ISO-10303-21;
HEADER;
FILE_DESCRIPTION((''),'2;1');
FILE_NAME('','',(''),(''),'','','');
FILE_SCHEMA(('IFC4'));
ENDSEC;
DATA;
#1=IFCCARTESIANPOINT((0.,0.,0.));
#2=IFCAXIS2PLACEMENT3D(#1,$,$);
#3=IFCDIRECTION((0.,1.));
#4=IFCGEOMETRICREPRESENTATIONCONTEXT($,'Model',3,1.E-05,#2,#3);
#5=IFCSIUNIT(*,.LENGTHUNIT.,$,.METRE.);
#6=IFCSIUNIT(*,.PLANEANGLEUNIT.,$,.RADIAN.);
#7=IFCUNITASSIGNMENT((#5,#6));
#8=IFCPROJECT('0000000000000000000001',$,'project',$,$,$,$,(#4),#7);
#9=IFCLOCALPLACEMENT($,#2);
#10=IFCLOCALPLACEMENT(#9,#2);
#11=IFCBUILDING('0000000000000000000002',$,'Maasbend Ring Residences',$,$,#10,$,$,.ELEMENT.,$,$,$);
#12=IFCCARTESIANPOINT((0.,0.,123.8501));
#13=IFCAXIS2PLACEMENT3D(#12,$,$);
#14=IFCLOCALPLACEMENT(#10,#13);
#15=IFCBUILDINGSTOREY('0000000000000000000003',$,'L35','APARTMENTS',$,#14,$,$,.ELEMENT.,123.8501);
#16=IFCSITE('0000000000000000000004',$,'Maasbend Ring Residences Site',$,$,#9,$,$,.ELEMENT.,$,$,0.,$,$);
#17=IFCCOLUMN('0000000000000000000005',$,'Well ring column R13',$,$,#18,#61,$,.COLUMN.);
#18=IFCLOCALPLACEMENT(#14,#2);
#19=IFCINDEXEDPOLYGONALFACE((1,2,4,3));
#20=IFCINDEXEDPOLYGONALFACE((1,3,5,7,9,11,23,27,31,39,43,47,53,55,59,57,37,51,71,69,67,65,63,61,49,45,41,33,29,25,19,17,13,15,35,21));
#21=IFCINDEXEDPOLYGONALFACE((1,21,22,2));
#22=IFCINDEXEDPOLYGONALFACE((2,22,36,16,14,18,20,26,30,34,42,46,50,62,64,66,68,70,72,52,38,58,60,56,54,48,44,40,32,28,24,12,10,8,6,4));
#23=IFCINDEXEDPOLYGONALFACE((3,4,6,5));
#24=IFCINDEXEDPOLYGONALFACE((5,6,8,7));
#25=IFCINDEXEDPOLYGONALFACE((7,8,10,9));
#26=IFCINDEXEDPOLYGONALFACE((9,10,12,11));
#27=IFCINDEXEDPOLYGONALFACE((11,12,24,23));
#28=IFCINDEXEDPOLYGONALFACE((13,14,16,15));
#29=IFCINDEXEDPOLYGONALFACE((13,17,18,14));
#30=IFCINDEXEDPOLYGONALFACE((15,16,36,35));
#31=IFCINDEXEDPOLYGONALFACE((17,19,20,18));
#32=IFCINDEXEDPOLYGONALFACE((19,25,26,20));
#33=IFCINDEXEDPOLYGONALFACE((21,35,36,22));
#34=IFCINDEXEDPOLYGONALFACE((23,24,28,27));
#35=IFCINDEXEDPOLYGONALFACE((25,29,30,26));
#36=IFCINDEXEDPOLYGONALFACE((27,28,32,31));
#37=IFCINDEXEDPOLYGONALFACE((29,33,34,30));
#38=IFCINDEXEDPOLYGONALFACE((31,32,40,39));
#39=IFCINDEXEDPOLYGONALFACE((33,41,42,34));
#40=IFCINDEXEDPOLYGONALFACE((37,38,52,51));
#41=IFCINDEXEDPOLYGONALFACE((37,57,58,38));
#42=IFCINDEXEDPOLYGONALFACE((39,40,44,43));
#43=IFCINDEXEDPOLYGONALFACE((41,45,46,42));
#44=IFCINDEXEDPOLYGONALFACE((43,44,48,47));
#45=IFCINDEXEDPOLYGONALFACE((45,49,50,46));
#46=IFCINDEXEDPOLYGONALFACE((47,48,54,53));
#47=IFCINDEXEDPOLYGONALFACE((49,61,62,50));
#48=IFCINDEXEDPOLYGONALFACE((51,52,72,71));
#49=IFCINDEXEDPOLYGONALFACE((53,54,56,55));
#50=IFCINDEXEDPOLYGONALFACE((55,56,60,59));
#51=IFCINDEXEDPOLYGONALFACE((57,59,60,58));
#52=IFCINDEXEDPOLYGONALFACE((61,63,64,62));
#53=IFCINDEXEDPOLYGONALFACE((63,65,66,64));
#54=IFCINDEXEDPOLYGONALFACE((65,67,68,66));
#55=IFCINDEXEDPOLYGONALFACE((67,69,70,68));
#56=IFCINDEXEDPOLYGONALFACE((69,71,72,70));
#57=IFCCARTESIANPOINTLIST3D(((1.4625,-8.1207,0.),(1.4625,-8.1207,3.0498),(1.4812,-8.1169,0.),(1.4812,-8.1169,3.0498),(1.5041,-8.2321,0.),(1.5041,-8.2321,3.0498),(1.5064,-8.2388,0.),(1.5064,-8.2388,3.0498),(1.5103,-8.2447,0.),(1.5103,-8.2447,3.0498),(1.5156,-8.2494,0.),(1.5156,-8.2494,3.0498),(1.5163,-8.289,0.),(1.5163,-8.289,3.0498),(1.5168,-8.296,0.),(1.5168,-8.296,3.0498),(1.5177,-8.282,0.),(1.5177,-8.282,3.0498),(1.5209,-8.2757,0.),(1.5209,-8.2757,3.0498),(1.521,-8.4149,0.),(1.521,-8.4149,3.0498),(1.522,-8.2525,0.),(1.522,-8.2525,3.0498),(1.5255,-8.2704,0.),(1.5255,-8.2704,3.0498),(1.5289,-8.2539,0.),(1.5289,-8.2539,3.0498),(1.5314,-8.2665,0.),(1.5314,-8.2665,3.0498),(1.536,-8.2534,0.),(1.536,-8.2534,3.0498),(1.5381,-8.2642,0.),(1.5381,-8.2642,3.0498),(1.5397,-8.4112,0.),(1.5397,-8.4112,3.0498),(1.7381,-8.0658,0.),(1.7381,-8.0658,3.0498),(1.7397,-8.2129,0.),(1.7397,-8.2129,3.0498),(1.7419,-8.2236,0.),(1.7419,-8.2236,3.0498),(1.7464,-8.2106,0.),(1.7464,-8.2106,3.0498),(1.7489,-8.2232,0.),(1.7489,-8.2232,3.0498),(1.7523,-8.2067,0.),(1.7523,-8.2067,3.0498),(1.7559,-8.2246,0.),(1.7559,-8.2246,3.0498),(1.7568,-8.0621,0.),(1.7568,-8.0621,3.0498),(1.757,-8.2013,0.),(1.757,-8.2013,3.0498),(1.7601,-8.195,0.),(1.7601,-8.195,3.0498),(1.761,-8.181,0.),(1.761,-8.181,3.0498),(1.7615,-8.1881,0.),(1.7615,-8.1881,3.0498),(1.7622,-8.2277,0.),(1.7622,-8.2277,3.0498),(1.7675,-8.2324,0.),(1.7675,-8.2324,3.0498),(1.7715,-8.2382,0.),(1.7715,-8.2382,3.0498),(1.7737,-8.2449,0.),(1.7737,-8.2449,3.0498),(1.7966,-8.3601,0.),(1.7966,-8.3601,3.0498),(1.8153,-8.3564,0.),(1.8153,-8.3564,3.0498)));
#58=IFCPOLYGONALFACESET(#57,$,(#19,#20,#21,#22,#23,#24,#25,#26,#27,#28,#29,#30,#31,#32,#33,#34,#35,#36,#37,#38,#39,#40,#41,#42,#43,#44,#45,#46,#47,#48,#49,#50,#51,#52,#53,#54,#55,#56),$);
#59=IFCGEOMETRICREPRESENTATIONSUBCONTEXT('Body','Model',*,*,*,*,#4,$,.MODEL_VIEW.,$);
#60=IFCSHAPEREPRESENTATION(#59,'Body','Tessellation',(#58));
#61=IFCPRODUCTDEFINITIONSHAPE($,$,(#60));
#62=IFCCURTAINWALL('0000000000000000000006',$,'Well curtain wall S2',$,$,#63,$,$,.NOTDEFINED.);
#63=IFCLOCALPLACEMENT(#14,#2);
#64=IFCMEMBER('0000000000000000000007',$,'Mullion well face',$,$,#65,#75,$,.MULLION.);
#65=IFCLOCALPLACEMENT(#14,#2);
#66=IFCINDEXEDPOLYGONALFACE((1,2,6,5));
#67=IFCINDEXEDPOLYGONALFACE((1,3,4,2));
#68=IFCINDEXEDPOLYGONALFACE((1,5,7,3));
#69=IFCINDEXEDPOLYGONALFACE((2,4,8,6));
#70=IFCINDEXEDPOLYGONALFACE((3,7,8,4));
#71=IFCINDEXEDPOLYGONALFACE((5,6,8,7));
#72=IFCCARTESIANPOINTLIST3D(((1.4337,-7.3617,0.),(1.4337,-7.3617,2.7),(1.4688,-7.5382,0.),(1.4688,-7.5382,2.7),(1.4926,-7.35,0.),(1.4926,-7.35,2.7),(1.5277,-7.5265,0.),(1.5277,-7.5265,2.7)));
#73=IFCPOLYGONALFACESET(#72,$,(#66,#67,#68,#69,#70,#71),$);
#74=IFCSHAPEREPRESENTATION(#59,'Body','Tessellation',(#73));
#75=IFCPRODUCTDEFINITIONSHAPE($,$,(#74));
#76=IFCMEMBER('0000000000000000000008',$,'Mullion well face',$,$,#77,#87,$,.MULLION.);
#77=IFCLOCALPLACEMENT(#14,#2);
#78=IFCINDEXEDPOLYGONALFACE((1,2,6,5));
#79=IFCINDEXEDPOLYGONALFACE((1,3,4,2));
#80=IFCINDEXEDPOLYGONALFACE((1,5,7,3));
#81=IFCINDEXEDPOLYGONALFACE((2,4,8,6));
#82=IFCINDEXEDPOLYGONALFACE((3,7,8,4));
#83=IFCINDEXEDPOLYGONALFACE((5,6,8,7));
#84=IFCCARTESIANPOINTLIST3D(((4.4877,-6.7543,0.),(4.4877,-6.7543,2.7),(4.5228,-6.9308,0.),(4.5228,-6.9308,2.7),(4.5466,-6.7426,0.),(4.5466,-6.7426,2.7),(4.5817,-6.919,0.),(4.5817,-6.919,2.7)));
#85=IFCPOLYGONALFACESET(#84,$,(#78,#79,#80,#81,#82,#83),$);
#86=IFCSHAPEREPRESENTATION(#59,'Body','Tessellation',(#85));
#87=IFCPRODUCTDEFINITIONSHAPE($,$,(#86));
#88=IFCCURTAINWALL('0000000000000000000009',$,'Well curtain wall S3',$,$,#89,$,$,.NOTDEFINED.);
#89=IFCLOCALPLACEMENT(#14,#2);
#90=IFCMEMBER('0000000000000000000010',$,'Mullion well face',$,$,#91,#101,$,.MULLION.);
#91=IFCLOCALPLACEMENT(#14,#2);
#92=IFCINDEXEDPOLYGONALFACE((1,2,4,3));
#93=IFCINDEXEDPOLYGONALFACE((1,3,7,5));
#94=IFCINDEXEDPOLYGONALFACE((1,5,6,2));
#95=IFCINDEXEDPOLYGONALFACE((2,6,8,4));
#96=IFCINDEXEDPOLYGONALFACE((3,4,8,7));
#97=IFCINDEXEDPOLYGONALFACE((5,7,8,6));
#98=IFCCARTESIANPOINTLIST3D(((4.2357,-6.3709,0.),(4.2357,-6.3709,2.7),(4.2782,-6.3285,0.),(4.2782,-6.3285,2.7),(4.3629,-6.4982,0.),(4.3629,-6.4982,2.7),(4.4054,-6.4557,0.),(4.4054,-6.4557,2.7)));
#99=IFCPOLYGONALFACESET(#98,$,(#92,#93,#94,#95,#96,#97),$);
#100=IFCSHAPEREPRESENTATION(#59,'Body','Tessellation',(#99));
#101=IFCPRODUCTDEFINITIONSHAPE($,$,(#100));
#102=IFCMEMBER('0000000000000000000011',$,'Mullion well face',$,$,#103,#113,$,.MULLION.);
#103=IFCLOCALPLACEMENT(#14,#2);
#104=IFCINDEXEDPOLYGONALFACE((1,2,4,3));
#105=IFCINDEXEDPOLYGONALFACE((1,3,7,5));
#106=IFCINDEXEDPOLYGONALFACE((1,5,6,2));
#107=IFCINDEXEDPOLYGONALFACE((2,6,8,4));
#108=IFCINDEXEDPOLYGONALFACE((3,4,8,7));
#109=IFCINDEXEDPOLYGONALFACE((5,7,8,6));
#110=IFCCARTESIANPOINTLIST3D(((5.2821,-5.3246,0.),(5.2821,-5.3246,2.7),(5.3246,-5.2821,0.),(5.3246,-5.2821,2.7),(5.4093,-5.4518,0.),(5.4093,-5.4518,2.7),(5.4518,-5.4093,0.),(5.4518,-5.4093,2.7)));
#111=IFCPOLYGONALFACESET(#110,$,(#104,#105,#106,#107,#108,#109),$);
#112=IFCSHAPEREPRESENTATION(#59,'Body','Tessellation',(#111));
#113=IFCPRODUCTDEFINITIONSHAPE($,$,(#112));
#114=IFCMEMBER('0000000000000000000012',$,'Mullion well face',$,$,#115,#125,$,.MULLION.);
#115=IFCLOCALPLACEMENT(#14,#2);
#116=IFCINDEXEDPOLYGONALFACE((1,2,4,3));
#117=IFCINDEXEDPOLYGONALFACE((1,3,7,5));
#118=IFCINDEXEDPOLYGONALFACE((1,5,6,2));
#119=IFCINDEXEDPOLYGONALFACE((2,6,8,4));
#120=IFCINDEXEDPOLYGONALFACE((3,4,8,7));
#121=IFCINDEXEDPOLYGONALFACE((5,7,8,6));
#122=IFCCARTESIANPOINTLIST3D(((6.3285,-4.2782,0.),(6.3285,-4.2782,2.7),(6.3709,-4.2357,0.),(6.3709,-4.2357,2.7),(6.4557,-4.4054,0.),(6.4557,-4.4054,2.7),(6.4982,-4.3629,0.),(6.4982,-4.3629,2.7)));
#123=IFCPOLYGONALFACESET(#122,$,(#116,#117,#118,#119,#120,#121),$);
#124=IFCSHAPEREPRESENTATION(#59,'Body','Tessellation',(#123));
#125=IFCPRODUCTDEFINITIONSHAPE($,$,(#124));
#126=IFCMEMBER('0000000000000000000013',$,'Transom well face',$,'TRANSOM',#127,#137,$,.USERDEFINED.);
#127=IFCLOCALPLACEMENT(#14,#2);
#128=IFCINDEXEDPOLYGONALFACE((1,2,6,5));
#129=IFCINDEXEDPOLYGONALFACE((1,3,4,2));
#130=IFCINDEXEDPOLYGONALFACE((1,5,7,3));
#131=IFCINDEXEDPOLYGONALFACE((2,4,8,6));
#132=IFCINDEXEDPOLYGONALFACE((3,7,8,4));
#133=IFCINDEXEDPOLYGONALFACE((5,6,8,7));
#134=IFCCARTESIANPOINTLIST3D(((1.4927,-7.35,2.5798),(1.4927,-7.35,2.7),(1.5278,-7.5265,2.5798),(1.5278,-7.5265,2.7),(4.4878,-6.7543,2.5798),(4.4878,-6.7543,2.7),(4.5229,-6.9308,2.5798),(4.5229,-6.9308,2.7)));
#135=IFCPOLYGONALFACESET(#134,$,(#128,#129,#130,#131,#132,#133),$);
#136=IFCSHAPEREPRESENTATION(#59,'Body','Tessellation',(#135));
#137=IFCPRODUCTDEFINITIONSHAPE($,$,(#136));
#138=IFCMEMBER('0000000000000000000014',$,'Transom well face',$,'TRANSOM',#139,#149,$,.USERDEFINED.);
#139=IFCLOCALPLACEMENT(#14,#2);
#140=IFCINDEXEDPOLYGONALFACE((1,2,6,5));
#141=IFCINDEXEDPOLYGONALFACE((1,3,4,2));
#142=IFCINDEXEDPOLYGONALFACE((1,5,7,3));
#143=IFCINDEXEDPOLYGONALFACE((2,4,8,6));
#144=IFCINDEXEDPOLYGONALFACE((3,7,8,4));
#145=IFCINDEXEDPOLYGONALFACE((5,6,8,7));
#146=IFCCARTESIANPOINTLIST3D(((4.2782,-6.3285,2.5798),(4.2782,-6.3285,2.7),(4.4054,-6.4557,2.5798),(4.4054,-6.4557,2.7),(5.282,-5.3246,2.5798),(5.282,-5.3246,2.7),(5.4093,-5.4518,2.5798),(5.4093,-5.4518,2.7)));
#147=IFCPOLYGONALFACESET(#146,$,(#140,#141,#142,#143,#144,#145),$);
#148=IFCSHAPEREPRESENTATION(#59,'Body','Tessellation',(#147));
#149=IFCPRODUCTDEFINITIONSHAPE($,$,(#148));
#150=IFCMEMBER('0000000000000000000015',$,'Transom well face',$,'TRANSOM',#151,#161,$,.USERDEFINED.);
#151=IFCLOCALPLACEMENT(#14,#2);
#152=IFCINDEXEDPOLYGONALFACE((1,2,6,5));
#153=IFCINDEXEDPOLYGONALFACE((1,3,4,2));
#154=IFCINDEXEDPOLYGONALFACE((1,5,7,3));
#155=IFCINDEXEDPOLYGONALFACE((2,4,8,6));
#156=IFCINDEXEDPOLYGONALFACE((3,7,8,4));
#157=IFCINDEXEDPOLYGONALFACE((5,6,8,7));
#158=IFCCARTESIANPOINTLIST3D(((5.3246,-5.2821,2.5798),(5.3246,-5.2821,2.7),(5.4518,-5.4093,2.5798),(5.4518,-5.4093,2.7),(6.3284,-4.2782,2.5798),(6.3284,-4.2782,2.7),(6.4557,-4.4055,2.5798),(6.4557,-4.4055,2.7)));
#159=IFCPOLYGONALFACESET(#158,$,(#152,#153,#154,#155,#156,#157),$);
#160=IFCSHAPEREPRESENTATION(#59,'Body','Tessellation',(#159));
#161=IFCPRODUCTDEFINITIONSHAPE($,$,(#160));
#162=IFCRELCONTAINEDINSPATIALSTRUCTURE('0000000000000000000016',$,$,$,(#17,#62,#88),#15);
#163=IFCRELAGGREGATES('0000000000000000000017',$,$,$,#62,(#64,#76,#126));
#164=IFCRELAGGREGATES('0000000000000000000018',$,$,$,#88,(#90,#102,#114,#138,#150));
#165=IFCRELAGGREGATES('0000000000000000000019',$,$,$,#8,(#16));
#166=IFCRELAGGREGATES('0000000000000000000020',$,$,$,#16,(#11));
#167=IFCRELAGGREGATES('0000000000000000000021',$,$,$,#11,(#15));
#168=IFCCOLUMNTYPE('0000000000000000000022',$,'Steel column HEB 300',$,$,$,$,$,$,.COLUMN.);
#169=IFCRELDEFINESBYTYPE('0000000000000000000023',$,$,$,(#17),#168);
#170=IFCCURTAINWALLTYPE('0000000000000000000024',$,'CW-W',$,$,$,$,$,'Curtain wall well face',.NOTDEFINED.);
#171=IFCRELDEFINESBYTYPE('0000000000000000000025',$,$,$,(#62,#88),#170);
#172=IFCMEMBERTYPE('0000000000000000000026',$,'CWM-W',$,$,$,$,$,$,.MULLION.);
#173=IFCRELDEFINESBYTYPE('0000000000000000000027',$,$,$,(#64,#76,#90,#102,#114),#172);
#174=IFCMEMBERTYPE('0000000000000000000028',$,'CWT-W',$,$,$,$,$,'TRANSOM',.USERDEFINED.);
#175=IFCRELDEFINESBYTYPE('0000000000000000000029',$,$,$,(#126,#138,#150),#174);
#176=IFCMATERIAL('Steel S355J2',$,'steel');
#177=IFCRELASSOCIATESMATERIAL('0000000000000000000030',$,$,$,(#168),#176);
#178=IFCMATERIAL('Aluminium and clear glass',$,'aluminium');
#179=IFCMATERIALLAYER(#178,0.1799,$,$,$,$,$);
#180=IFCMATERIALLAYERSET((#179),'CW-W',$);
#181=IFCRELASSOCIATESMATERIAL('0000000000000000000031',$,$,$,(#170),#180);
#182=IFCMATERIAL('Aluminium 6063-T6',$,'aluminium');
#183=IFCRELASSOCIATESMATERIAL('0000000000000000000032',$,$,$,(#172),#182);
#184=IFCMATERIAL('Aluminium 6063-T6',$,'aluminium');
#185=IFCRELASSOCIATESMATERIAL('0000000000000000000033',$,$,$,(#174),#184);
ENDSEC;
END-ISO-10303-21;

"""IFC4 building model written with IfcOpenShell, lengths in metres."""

from ifc_helpers import new_model, si_unit, direction, frame, origin, origin_2d, place, context, subcontext, project, spatial, rectangle, i_section, extrude, material, layer, layer_set, material_profile, profile_set, type_object, element, aggregate, save


model = new_model("IFC4")

# Units and contexts
model_context = context("Model", 3, precision=1e-05, world=origin(), true_north=direction((0.0, 1.0)))
body_context = subcontext(model_context, "Body", "Model", "MODEL_VIEW")
ifc_project = project(units=[si_unit("LENGTHUNIT", "METRE"), si_unit("PLANEANGLEUNIT", "RADIAN")], contexts=[model_context])

# Site, building, storey
site_placement = place(None, origin())
site = spatial("IfcSite", under=ifc_project, at=site_placement, Name="Maasbend Ring Residences Site", CompositionType="ELEMENT", RefElevation=0.0)
building_placement = place(site_placement, origin())
building = spatial("IfcBuilding", under=site, at=building_placement, Name="Maasbend Ring Residences", CompositionType="ELEMENT")
storey_placement = place(building_placement, frame((0.0, 0.0, 123.8501)))
storey = spatial("IfcBuildingStorey", under=building, at=storey_placement, Name="L35", Description="APARTMENTS", CompositionType="ELEMENT", Elevation=123.8501)

# Column
ifc_material_1 = material(Name="Steel S355J2", Category="steel")
ifc_material_profile_1 = material_profile(ifc_material_1, i_section(OverallWidth=0.3, OverallDepth=0.3, WebThickness=0.011, FlangeThickness=0.019, FilletRadius=0.0271, at=origin_2d()), Name="HEB 300")
ifc_profile_set_1 = profile_set([ifc_material_profile_1], Name="Steel S355J2")
column_type = type_object("IfcColumnType", Name="Steel column HEB 300", PredefinedType="COLUMN", material=ifc_profile_set_1)
column_placement = place(storey_placement, frame((1.6389, -8.2385, 0.0), z_axis=(0.0, 0.0, 1.0), x_axis=(0.19509, -0.980785, 0.0)))
element("IfcColumn", 1, at=column_placement, inside=storey, type_object=column_type, Name="Well ring column R13", PredefinedType="COLUMN", context=body_context, shape_type="SweptSolid", body=[
    extrude(i_section(OverallWidth=0.3, OverallDepth=0.3, WebThickness=0.011, FlangeThickness=0.019, FilletRadius=0.0271, at=origin_2d()), origin(), (0.0, 0.0, 1.0), 3.0498),
])

# Curtain walls, members
ifc_material_2 = material(Name="Aluminium and clear glass", Category="aluminium")
ifc_layer_1 = layer(ifc_material_2, 0.1799)
ifc_layer_set_1 = layer_set([ifc_layer_1], Name="CW-W")
curtain_wall_type = type_object("IfcCurtainWallType", Name="CW-W", ElementType="Curtain wall well face", PredefinedType="NOTDEFINED", material=ifc_layer_set_1)
curtain_wall_1_placement = place(storey_placement, origin())
curtain_wall_1 = element("IfcCurtainWall", 2, at=curtain_wall_1_placement, inside=storey, type_object=curtain_wall_type, Name="Well curtain wall S2", PredefinedType="NOTDEFINED")
ifc_material_3 = material(Name="Aluminium 6063-T6", Category="aluminium")
ifc_material_profile_2 = material_profile(ifc_material_3, rectangle(XDim=0.1799, YDim=0.0601, at=origin_2d()), Name="AL 180x60")
ifc_profile_set_2 = profile_set([ifc_material_profile_2], Name="Aluminium 6063-T6")
member_type_1 = type_object("IfcMemberType", Name="CWM-W", PredefinedType="MULLION", material=ifc_profile_set_2)
member_1_placement = place(storey_placement, frame((1.4807, -7.4441, 0.0), z_axis=(0.0, 0.0, 1.0), x_axis=(-0.19509, 0.980785, 0.0)))
member_1 = element("IfcMember", 3, at=member_1_placement, type_object=member_type_1, Name="Mullion well face", PredefinedType="MULLION", context=body_context, shape_type="SweptSolid", body=[
    extrude(rectangle(XDim=0.1799, YDim=0.0601, at=origin_2d()), origin(), (0.0, 0.0, 1.0), 2.7),
])
member_2_placement = place(storey_placement, frame((4.5347, -6.8367, 0.0), z_axis=(0.0, 0.0, 1.0), x_axis=(-0.19509, 0.980785, 0.0)))
member_2 = element("IfcMember", 4, at=member_2_placement, type_object=member_type_1, Name="Mullion well face", PredefinedType="MULLION", context=body_context, shape_type="SweptSolid", body=[
    extrude(rectangle(XDim=0.1799, YDim=0.0601, at=origin_2d()), origin(), (0.0, 0.0, 1.0), 2.7),
])
curtain_wall_2_placement = place(storey_placement, origin())
curtain_wall_2 = element("IfcCurtainWall", 5, at=curtain_wall_2_placement, inside=storey, type_object=curtain_wall_type, Name="Well curtain wall S3", PredefinedType="NOTDEFINED")
member_3_placement = place(storey_placement, frame((4.3206, -6.4133, 0.0), z_axis=(0.0, 0.0, 1.0), x_axis=(-0.707107, 0.707107, 0.0)))
member_3 = element("IfcMember", 6, at=member_3_placement, type_object=member_type_1, Name="Mullion well face", PredefinedType="MULLION", context=body_context, shape_type="SweptSolid", body=[
    extrude(rectangle(XDim=0.1799, YDim=0.0601, at=origin_2d()), origin(), (0.0, 0.0, 1.0), 2.7),
])
member_4_placement = place(storey_placement, frame((5.3669, -5.3669, 0.0), z_axis=(0.0, 0.0, 1.0), x_axis=(-0.707107, 0.707107, 0.0)))
member_4 = element("IfcMember", 7, at=member_4_placement, type_object=member_type_1, Name="Mullion well face", PredefinedType="MULLION", context=body_context, shape_type="SweptSolid", body=[
    extrude(rectangle(XDim=0.1799, YDim=0.0601, at=origin_2d()), origin(), (0.0, 0.0, 1.0), 2.7),
])
member_5_placement = place(storey_placement, frame((6.4133, -4.3206, 0.0), z_axis=(0.0, 0.0, 1.0), x_axis=(-0.707107, 0.707107, 0.0)))
member_5 = element("IfcMember", 8, at=member_5_placement, type_object=member_type_1, Name="Mullion well face", PredefinedType="MULLION", context=body_context, shape_type="SweptSolid", body=[
    extrude(rectangle(XDim=0.1799, YDim=0.0601, at=origin_2d()), origin(), (0.0, 0.0, 1.0), 2.7),
])

# Members
ifc_material_4 = material(Name="Aluminium 6063-T6", Category="aluminium")
ifc_material_profile_3 = material_profile(ifc_material_4, rectangle(XDim=0.1799, YDim=0.1201, at=origin_2d()), Name="AL 180x120")
ifc_profile_set_3 = profile_set([ifc_material_profile_3], Name="Aluminium 6063-T6")
member_type_2 = type_object("IfcMemberType", Name="CWT-W", ElementType="TRANSOM", PredefinedType="USERDEFINED", material=ifc_profile_set_3)
member_6_placement = place(storey_placement, frame((1.5103, -7.4382, 2.6399), z_axis=(0.980789, 0.195071, 0.0), x_axis=(-0.195071, 0.980789, 0.0)))
member_6 = element("IfcMember", 9, at=member_6_placement, type_object=member_type_2, Name="Transom well face", ObjectType="TRANSOM", PredefinedType="USERDEFINED", context=body_context, shape_type="SweptSolid", body=[
    extrude(rectangle(XDim=0.1799, YDim=0.1201, at=origin_2d()), origin(), (0.0, 0.0, 1.0), 3.0537),
])
member_7_placement = place(storey_placement, frame((4.3418, -6.3921, 2.6399), z_axis=(0.707107, 0.707107, 0.0), x_axis=(-0.707107, 0.707107, 0.0)))
member_7 = element("IfcMember", 10, at=member_7_placement, type_object=member_type_2, Name="Transom well face", ObjectType="TRANSOM", PredefinedType="USERDEFINED", context=body_context, shape_type="SweptSolid", body=[
    extrude(rectangle(XDim=0.1799, YDim=0.1201, at=origin_2d()), origin(), (0.0, 0.0, 1.0), 1.4197),
])
member_8_placement = place(storey_placement, frame((5.3882, -5.3457, 2.6399), z_axis=(0.707107, 0.707107, 0.0), x_axis=(-0.707107, 0.707107, 0.0)))
member_8 = element("IfcMember", 11, at=member_8_placement, type_object=member_type_2, Name="Transom well face", ObjectType="TRANSOM", PredefinedType="USERDEFINED", context=body_context, shape_type="SweptSolid", body=[
    extrude(rectangle(XDim=0.1799, YDim=0.1201, at=origin_2d()), origin(), (0.0, 0.0, 1.0), 1.4197),
])

aggregate(curtain_wall_1, [member_1, member_2, member_6])
aggregate(curtain_wall_2, [member_3, member_4, member_5, member_7, member_8])

save(model, "model.ifc")
